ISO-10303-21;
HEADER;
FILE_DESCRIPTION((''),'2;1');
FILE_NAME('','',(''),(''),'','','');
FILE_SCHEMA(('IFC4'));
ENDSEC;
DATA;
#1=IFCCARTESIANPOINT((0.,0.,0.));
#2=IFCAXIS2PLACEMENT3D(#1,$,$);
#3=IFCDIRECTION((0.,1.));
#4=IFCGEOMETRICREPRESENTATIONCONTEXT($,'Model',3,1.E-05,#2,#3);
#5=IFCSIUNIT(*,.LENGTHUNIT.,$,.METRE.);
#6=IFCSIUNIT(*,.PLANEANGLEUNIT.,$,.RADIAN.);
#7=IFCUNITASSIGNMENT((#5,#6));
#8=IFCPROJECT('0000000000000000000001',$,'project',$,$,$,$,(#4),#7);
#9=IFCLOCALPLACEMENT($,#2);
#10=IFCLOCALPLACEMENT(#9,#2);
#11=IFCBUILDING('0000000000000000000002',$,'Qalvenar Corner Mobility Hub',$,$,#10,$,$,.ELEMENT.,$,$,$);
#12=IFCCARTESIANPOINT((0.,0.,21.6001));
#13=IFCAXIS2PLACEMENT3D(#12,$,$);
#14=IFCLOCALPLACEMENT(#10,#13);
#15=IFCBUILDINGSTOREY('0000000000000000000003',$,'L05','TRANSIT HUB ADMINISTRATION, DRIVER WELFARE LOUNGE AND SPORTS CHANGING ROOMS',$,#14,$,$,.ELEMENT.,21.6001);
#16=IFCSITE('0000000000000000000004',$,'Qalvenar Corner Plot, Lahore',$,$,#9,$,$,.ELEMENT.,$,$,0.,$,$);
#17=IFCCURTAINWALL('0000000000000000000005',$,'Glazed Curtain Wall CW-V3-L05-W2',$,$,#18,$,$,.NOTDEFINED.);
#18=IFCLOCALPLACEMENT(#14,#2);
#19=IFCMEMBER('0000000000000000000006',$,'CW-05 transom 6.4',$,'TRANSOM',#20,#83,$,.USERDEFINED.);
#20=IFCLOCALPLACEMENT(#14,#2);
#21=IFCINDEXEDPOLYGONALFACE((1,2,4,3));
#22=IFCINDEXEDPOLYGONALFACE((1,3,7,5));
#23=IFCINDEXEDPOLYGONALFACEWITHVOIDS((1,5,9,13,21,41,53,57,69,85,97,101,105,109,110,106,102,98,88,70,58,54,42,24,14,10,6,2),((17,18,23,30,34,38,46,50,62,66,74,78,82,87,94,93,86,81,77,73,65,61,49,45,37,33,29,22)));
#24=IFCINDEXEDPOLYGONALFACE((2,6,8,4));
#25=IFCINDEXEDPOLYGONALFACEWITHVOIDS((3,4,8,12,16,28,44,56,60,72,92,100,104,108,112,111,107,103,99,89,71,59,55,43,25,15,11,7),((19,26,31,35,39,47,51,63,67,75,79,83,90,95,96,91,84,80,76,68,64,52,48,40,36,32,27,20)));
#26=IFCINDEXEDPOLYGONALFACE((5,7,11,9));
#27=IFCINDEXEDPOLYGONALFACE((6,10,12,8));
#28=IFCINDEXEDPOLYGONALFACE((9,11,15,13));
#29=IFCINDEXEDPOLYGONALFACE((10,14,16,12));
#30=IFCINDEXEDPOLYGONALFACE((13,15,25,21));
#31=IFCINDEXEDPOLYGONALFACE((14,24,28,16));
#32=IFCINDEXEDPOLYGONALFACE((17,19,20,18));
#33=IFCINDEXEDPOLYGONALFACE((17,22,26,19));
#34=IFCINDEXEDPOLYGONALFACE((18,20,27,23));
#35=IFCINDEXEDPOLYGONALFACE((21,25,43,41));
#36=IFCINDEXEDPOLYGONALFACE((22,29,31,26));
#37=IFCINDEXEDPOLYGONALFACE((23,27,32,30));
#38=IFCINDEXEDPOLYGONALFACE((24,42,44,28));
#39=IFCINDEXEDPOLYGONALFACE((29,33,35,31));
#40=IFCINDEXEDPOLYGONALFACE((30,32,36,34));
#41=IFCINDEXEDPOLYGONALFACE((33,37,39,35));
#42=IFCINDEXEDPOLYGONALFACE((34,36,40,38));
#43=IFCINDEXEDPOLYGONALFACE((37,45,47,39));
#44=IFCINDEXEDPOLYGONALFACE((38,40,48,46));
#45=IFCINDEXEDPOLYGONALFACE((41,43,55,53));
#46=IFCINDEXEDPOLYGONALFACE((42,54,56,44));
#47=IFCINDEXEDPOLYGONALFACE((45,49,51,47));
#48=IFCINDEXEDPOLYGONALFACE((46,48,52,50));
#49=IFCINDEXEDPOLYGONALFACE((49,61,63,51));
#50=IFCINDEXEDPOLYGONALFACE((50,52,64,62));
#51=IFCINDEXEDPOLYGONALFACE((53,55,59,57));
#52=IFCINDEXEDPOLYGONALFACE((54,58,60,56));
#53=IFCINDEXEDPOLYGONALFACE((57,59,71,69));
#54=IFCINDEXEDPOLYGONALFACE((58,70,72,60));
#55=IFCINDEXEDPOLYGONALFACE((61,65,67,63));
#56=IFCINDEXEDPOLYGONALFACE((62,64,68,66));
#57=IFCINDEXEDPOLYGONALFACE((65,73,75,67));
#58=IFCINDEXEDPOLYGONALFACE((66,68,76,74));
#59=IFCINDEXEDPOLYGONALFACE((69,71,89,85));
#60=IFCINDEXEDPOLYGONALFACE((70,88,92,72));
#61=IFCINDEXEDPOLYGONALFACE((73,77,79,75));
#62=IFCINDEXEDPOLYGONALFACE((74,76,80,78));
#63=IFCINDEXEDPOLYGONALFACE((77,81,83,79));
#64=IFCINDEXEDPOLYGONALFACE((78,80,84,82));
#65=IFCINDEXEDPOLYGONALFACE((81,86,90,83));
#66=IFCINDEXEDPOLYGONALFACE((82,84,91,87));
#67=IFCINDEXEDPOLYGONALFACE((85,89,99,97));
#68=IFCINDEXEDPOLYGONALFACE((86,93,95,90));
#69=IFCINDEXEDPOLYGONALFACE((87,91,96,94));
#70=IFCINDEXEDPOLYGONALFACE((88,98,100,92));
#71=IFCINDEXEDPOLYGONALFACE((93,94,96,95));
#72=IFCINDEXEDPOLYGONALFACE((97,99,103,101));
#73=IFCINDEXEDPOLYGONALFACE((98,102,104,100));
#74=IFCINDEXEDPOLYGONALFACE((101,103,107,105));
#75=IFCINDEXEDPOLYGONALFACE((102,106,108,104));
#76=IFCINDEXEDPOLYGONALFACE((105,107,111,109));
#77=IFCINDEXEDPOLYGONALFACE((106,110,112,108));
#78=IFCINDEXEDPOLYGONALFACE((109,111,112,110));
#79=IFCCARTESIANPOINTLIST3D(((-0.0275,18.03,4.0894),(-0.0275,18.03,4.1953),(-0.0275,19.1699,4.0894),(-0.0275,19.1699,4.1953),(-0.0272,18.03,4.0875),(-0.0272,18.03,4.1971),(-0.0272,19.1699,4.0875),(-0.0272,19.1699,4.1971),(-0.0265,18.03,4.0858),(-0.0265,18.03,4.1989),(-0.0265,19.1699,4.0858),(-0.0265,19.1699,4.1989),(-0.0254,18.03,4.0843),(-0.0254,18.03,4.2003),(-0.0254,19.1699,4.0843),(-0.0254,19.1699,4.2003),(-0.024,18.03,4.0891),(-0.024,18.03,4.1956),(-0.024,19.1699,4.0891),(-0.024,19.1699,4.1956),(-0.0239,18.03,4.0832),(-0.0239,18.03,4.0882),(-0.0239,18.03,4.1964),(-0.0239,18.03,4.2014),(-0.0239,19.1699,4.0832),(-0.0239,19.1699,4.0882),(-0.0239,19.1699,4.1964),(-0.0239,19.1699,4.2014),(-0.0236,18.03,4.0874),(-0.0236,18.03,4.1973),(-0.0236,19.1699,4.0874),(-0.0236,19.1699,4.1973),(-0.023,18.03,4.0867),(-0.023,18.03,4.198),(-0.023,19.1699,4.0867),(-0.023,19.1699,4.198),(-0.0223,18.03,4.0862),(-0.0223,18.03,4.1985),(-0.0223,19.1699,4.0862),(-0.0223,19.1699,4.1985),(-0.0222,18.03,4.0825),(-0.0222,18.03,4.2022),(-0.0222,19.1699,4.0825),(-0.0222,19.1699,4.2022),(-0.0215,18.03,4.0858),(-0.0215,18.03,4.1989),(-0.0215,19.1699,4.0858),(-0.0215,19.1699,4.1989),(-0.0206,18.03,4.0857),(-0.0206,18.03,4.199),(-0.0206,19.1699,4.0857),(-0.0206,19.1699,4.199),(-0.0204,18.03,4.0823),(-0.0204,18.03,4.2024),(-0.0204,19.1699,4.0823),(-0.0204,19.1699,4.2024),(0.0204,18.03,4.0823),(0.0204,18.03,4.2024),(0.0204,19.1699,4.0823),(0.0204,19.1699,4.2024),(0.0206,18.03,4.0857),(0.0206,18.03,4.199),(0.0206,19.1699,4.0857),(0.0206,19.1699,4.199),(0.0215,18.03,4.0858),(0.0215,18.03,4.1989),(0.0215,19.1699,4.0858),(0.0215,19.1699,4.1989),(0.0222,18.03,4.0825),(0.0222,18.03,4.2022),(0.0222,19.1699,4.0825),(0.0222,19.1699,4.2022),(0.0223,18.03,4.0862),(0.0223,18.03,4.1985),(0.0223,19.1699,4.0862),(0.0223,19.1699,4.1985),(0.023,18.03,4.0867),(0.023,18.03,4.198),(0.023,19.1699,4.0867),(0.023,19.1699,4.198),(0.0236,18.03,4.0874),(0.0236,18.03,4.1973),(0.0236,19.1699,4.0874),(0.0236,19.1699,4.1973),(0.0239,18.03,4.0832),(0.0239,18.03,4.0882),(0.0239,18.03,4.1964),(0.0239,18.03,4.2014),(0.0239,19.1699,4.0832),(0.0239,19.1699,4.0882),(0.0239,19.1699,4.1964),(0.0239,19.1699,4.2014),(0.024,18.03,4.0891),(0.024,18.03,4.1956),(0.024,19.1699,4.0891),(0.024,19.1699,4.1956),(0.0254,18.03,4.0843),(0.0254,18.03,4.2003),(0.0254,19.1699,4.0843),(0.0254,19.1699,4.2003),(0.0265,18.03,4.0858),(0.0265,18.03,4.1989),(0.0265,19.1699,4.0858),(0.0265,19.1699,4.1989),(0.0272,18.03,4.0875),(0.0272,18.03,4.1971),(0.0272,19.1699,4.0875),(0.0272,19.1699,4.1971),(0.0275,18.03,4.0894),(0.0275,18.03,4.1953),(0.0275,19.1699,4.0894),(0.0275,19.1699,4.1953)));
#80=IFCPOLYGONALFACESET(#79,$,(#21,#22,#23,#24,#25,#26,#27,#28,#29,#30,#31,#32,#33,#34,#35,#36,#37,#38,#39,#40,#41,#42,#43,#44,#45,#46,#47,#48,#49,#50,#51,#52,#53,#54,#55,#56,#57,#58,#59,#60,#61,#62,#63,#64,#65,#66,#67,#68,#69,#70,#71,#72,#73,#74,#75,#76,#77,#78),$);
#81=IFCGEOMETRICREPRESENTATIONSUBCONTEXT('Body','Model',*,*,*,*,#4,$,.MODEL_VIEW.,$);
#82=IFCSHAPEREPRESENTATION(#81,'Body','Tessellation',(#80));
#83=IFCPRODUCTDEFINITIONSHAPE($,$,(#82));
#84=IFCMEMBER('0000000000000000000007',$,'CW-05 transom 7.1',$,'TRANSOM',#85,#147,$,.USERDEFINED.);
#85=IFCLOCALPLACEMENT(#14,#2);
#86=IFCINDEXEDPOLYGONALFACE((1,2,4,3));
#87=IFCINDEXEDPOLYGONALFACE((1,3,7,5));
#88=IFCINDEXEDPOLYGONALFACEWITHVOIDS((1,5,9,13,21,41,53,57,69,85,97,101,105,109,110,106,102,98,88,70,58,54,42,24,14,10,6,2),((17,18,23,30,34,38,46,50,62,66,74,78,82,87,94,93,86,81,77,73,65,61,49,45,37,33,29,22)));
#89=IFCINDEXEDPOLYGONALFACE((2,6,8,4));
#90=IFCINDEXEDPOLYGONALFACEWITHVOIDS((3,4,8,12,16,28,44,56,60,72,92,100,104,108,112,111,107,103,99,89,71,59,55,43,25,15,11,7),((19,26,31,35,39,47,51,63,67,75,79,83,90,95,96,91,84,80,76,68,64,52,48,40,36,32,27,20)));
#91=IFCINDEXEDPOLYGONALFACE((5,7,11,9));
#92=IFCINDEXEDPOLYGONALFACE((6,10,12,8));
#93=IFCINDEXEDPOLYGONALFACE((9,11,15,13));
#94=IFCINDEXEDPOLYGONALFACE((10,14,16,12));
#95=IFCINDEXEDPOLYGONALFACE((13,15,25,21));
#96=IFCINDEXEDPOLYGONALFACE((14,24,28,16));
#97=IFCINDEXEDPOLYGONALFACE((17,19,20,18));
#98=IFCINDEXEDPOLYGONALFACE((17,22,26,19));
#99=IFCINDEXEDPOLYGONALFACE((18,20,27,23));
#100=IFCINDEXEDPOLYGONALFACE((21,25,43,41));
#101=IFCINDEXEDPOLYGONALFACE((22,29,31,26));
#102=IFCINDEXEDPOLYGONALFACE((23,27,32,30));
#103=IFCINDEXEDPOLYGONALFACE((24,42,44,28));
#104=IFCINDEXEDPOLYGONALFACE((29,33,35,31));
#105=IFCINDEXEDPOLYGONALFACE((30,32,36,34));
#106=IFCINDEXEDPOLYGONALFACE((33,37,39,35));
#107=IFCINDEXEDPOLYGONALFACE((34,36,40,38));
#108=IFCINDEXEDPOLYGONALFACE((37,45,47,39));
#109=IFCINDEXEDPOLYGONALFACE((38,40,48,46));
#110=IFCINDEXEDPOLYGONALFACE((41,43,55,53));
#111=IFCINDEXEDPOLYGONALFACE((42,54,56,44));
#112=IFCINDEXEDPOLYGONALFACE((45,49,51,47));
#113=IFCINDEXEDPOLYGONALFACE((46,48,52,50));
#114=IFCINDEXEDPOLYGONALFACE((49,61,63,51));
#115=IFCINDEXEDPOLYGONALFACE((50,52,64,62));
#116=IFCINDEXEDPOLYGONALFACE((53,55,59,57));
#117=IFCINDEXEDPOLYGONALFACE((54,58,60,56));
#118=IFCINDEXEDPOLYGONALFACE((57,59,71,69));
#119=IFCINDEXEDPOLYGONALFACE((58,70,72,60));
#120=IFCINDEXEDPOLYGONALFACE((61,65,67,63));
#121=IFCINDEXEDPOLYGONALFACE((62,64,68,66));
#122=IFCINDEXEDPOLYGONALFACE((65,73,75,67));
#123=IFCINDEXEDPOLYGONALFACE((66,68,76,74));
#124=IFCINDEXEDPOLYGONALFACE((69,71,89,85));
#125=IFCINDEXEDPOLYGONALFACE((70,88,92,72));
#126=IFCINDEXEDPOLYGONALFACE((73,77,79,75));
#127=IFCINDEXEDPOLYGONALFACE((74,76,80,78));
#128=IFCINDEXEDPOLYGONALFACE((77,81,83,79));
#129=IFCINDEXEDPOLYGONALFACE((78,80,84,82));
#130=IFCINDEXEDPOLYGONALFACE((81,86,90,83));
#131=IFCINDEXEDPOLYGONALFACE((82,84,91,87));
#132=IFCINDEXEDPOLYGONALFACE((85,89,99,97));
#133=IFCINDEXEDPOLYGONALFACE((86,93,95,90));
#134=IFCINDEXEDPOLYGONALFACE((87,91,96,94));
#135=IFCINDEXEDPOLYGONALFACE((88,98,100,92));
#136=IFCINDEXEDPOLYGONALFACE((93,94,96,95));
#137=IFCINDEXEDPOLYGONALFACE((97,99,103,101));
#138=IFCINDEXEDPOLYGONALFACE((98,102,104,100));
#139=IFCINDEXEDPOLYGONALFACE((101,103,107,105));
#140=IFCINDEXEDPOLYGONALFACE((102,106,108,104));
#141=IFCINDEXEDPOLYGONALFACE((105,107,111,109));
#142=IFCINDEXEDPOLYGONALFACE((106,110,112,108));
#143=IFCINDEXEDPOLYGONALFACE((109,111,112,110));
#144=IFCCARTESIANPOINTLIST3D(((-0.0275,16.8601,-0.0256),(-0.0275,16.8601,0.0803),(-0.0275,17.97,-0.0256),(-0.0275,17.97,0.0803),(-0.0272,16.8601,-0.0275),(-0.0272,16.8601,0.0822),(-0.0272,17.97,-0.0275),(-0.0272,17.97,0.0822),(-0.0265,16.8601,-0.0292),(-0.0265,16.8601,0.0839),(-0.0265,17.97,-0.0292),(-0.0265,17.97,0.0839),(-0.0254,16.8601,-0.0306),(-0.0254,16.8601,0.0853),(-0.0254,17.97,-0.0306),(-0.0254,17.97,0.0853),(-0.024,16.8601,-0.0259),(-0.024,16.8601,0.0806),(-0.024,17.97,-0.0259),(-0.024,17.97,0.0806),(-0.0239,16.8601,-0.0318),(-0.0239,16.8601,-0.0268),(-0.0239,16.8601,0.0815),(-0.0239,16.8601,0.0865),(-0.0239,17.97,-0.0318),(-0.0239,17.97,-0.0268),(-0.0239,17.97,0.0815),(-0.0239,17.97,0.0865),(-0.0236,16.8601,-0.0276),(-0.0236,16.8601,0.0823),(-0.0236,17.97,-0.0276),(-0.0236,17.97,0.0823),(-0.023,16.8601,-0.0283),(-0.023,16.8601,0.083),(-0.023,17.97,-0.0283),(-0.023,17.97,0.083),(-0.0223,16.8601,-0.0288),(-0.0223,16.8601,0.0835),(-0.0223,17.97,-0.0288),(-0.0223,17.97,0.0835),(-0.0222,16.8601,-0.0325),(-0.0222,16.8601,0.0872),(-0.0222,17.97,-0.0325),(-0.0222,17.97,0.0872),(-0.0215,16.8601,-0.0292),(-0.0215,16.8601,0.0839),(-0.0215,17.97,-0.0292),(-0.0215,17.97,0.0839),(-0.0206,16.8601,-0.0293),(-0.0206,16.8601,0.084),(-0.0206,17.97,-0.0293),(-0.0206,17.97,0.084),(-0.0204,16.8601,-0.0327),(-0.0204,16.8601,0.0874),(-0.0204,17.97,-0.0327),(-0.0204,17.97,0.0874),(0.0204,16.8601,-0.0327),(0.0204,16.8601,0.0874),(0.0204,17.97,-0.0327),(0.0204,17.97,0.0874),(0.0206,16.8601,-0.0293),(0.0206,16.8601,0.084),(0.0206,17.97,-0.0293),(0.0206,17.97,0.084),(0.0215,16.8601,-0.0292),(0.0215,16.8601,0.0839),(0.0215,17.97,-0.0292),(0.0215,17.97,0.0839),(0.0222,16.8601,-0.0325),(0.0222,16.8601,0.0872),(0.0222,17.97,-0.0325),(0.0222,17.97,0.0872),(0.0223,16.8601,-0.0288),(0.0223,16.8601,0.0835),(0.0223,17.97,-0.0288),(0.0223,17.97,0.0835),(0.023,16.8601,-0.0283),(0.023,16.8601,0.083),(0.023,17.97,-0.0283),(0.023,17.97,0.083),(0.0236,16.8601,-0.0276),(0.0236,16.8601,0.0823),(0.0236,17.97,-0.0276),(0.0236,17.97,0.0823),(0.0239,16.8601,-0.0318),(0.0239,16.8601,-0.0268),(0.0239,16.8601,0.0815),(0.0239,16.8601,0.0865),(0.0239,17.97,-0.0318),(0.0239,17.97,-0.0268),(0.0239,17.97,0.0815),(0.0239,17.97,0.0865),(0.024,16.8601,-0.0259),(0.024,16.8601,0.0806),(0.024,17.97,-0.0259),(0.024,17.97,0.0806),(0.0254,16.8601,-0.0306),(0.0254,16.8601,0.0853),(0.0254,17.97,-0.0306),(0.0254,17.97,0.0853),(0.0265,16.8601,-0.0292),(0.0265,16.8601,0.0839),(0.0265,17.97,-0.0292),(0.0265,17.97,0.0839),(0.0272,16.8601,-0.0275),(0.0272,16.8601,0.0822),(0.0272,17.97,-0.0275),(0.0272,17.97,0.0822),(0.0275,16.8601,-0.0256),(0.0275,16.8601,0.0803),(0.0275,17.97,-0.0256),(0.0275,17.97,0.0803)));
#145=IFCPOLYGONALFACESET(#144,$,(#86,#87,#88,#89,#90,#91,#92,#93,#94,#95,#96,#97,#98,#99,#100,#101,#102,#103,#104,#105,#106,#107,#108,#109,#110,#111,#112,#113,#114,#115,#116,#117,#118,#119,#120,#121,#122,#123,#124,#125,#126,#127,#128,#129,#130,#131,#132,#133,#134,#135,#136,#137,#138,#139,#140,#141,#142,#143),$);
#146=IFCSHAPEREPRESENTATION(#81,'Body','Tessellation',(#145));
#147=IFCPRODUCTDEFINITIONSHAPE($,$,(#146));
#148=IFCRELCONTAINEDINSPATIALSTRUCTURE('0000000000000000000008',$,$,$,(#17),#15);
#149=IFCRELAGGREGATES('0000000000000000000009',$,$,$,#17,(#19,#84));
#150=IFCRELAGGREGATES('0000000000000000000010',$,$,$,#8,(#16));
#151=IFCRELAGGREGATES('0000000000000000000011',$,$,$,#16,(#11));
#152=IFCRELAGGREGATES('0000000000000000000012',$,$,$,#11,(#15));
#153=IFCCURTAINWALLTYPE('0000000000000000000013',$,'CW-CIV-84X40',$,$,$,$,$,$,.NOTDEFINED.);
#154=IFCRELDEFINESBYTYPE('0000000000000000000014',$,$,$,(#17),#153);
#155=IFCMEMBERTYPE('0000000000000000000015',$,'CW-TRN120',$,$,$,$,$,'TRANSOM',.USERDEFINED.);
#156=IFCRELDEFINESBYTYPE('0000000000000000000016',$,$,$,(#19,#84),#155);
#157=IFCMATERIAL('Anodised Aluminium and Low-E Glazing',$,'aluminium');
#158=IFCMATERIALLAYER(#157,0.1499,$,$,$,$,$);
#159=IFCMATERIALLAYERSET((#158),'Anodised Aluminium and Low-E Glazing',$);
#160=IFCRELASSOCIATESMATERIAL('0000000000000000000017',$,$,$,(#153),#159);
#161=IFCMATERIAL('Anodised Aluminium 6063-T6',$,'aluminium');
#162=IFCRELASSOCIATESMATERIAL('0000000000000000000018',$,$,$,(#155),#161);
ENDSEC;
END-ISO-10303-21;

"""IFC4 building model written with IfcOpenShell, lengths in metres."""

from ifc_helpers import new_model, si_unit, direction, frame, origin, origin_2d, place, context, subcontext, project, spatial, hollow_rectangle, extrude, material, layer, layer_set, material_profile, profile_set, type_object, element, aggregate, save


model = new_model("IFC4")

# Units and contexts
model_context = context("Model", 3, precision=1e-05, world=origin(), true_north=direction((0.0, 1.0)))
body_context = subcontext(model_context, "Body", "Model", "MODEL_VIEW")
ifc_project = project(units=[si_unit("LENGTHUNIT", "METRE"), si_unit("PLANEANGLEUNIT", "RADIAN")], contexts=[model_context])

# Site, building, storey
site_placement = place(None, origin())
site = spatial("IfcSite", under=ifc_project, at=site_placement, Name="Qalvenar Corner Plot, Lahore", CompositionType="ELEMENT", RefElevation=0.0)
building_placement = place(site_placement, origin())
building = spatial("IfcBuilding", under=site, at=building_placement, Name="Qalvenar Corner Mobility Hub", CompositionType="ELEMENT")
storey_placement = place(building_placement, frame((0.0, 0.0, 21.6001)))
storey = spatial("IfcBuildingStorey", under=building, at=storey_placement, Name="L05", Description="TRANSIT HUB ADMINISTRATION, DRIVER WELFARE LOUNGE AND SPORTS CHANGING ROOMS", CompositionType="ELEMENT", Elevation=21.6001)

# Curtain wall, members
ifc_material_1 = material(Name="Anodised Aluminium and Low-E Glazing", Category="aluminium")
ifc_layer_1 = layer(ifc_material_1, 0.1499)
ifc_layer_set_1 = layer_set([ifc_layer_1], Name="Anodised Aluminium and Low-E Glazing")
curtain_wall_type = type_object("IfcCurtainWallType", Name="CW-CIV-84X40", PredefinedType="NOTDEFINED", material=ifc_layer_set_1)
curtain_wall_placement = place(storey_placement, origin())
curtain_wall = element("IfcCurtainWall", 1, at=curtain_wall_placement, inside=storey, type_object=curtain_wall_type, Name="Glazed Curtain Wall CW-V3-L05-W2", PredefinedType="NOTDEFINED")
ifc_material_2 = material(Name="Anodised Aluminium 6063-T6", Category="aluminium")
ifc_material_profile_1 = material_profile(ifc_material_2, hollow_rectangle(XDim=0.0549, YDim=0.1201, WallThickness=0.0034, InnerFilletRadius=0.0034, OuterFilletRadius=0.0071, at=origin_2d()), Name="RHS120x55x3.5")
ifc_profile_set_1 = profile_set([ifc_material_profile_1], Name="Anodised Aluminium 6063-T6")
member_type_1 = type_object("IfcMemberType", Name="CW-TRN120", ElementType="TRANSOM", PredefinedType="USERDEFINED", material=ifc_profile_set_1)
member_1_placement = place(storey_placement, frame((0.0, 19.1699, 4.1423), z_axis=(0.0, -1.0, 0.0), x_axis=(1.0, 0.0, 0.0)))
member_1 = element("IfcMember", 2, at=member_1_placement, type_object=member_type_1, Name="CW-05 transom 6.4", ObjectType="TRANSOM", PredefinedType="USERDEFINED", context=body_context, shape_type="SweptSolid", body=[
    extrude(hollow_rectangle(XDim=0.0549, YDim=0.1201, WallThickness=0.0034, InnerFilletRadius=0.0034, OuterFilletRadius=0.0071, at=origin_2d()), origin(), (0.0, 0.0, 1.0), 1.1399),
])
member_2_placement = place(storey_placement, frame((0.0, 17.97, 0.0273), z_axis=(0.0, -1.0, 0.0), x_axis=(1.0, 0.0, 0.0)))
member_2 = element("IfcMember", 3, at=member_2_placement, type_object=member_type_1, Name="CW-05 transom 7.1", ObjectType="TRANSOM", PredefinedType="USERDEFINED", context=body_context, shape_type="SweptSolid", body=[
    extrude(hollow_rectangle(XDim=0.0549, YDim=0.1201, WallThickness=0.0034, InnerFilletRadius=0.0034, OuterFilletRadius=0.0071, at=origin_2d()), origin(), (0.0, 0.0, 1.0), 1.1099),
])
aggregate(curtain_wall, [member_1, member_2])

save(model, "model.ifc")
